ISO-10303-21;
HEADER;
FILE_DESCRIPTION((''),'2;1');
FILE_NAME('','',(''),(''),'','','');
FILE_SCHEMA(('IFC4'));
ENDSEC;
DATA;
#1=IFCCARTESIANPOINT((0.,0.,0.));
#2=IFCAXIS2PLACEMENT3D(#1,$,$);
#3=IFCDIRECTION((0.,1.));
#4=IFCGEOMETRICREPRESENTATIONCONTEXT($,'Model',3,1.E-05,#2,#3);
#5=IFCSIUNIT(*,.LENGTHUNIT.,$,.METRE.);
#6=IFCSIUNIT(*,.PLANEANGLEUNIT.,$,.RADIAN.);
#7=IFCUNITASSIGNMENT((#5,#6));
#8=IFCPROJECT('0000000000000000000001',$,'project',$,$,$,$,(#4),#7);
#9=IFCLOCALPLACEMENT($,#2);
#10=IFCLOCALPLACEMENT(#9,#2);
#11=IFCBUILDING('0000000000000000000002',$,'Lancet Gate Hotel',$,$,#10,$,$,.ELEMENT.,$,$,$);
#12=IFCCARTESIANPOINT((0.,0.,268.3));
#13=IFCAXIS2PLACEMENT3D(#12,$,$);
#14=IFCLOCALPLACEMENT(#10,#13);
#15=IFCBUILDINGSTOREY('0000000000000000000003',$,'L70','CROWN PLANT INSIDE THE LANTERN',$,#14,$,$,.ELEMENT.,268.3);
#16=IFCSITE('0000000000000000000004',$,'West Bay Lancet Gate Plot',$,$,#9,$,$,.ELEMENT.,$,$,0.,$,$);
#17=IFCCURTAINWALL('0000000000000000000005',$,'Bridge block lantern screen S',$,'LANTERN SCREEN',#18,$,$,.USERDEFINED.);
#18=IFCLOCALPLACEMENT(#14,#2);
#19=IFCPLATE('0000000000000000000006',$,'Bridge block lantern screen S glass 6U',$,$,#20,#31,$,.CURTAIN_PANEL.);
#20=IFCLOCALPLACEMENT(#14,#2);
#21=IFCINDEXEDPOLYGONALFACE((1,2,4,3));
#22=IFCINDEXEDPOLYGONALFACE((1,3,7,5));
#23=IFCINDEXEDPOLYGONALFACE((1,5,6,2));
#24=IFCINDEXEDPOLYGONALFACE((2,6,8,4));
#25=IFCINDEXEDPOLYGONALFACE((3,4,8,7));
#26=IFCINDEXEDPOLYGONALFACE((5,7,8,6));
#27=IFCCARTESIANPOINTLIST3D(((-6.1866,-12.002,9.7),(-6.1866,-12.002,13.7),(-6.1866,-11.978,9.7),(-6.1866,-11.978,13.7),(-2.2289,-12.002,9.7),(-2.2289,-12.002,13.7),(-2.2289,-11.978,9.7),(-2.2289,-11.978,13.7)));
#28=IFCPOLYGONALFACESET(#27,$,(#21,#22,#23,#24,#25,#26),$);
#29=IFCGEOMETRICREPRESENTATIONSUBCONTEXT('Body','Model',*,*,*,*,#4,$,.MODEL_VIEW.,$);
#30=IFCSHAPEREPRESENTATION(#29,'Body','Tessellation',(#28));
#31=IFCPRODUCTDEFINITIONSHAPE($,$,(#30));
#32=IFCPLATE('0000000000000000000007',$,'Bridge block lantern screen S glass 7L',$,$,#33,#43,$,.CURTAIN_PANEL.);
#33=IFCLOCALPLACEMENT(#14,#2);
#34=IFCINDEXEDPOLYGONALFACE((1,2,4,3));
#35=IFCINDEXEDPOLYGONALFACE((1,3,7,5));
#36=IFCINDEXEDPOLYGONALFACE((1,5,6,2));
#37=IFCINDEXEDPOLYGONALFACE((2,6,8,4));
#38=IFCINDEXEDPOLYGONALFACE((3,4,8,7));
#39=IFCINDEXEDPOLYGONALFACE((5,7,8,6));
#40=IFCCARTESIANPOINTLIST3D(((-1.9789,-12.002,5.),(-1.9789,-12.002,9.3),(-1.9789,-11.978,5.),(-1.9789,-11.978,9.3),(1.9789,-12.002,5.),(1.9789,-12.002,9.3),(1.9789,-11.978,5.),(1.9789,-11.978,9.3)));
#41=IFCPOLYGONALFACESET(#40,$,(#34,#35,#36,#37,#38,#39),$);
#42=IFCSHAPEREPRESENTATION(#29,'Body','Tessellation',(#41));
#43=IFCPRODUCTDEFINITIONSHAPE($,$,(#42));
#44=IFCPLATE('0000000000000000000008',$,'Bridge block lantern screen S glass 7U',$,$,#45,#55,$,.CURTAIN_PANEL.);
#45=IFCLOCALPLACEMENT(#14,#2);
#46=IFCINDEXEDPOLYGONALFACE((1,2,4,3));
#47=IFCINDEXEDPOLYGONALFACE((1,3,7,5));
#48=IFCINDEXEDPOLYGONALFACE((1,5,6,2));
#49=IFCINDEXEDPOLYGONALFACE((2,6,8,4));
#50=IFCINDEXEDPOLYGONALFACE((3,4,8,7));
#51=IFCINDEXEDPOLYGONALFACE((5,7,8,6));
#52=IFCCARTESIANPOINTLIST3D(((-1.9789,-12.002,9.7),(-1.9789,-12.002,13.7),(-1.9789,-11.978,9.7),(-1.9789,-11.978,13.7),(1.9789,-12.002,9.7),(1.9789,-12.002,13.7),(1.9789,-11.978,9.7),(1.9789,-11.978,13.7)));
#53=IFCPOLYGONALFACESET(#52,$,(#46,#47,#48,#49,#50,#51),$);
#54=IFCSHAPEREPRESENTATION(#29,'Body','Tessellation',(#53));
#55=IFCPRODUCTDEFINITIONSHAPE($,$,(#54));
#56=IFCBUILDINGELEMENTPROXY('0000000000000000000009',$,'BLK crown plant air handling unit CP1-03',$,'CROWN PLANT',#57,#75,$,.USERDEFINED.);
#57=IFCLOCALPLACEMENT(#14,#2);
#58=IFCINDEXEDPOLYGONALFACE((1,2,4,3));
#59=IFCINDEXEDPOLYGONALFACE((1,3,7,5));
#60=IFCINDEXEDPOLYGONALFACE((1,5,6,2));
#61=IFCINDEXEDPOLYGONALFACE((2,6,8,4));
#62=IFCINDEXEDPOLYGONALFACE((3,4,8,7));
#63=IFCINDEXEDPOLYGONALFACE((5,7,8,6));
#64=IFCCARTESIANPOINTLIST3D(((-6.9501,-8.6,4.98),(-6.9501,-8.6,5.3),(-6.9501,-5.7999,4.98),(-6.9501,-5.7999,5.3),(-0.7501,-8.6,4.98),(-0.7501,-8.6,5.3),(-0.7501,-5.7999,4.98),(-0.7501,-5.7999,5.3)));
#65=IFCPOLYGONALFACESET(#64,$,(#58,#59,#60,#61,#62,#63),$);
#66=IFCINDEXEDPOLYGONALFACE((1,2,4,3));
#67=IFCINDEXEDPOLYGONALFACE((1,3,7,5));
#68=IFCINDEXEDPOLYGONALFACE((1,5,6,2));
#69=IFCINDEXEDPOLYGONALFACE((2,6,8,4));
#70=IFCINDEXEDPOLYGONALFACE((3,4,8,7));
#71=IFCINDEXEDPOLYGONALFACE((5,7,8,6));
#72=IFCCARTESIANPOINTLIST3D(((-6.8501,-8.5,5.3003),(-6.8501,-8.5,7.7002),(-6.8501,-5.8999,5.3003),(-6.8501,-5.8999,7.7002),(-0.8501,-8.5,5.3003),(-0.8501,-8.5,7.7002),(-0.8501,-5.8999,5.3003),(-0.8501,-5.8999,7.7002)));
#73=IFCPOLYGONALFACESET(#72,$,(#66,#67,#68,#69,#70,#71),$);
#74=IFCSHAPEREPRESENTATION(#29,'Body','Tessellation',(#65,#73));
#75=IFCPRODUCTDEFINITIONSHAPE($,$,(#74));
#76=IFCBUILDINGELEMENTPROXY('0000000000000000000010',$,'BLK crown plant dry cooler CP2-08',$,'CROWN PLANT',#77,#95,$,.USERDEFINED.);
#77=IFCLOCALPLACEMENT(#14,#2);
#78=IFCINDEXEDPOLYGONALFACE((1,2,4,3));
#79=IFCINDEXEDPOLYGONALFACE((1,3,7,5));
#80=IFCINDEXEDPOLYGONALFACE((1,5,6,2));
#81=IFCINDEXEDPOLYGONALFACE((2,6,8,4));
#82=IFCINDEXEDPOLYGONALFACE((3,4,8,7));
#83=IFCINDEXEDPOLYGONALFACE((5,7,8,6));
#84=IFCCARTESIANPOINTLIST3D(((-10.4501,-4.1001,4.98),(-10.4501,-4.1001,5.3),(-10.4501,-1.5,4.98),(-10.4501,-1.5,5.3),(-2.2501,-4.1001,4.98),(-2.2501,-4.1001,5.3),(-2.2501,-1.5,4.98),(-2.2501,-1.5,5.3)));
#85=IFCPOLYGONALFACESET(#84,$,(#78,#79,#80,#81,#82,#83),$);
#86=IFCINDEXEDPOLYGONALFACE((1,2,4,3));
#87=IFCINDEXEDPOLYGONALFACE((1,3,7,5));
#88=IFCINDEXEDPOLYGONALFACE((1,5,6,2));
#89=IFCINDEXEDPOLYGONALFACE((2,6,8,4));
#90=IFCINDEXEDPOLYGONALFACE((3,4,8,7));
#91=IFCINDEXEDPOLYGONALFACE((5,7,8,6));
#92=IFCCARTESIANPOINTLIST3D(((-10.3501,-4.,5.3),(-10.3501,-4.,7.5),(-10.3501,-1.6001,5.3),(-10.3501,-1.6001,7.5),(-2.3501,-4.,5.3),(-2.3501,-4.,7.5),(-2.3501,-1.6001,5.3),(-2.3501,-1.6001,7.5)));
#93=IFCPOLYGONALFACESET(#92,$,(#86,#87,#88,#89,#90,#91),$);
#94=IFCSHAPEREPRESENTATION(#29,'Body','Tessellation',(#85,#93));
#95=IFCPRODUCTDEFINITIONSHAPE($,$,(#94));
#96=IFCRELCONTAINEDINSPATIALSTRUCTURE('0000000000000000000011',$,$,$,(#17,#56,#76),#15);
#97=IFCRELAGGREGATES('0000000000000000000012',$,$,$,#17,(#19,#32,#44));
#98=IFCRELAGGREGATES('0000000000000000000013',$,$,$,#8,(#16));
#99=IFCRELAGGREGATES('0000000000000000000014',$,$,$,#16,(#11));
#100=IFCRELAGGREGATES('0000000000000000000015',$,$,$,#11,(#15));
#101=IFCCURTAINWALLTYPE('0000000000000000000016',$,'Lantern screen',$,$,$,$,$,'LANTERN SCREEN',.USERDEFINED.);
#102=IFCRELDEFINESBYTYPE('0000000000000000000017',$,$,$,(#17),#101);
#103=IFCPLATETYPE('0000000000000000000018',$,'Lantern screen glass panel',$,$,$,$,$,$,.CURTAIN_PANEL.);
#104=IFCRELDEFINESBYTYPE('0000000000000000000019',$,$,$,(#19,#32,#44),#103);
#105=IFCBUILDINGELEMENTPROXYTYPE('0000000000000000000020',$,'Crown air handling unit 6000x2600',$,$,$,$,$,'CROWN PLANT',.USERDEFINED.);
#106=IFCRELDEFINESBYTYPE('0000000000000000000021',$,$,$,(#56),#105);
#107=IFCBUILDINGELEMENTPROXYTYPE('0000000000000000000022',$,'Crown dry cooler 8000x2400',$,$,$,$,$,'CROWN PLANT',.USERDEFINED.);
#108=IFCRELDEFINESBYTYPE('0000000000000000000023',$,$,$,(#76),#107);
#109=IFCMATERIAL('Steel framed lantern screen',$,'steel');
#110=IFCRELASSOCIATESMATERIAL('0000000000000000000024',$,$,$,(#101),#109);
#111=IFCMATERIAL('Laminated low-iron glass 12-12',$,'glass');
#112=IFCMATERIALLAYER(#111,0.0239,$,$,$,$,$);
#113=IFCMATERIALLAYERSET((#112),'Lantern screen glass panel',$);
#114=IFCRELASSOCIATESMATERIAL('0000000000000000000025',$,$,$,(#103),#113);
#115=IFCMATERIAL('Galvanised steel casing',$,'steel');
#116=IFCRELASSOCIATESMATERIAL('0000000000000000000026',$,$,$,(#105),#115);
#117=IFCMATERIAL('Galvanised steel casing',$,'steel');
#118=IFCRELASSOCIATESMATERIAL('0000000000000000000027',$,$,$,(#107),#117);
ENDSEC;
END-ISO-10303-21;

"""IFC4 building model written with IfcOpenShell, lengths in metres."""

from ifc_helpers import new_model, si_unit, direction, frame, origin, origin_with_axes, origin_2d, place, context, subcontext, project, spatial, rectangle, extrude, material, layer, layer_set, type_object, element, aggregate, save


model = new_model("IFC4")

# Units and contexts
model_context = context("Model", 3, precision=1e-05, world=origin(), true_north=direction((0.0, 1.0)))
body_context = subcontext(model_context, "Body", "Model", "MODEL_VIEW")
ifc_project = project(units=[si_unit("LENGTHUNIT", "METRE"), si_unit("PLANEANGLEUNIT", "RADIAN")], contexts=[model_context])

# Site, building, storey
site_placement = place(None, origin())
site = spatial("IfcSite", under=ifc_project, at=site_placement, Name="West Bay Lancet Gate Plot", CompositionType="ELEMENT", RefElevation=0.0)
building_placement = place(site_placement, origin())
building = spatial("IfcBuilding", under=site, at=building_placement, Name="Lancet Gate Hotel", CompositionType="ELEMENT")
storey_placement = place(building_placement, frame((0.0, 0.0, 268.3)))
storey = spatial("IfcBuildingStorey", under=building, at=storey_placement, Name="L70", Description="CROWN PLANT INSIDE THE LANTERN", CompositionType="ELEMENT", Elevation=268.3)

# Curtain wall
ifc_material_1 = material(Name="Steel framed lantern screen", Category="steel")
curtain_wall_type_1 = type_object("IfcCurtainWallType", Name="Lantern screen", ElementType="LANTERN SCREEN", PredefinedType="USERDEFINED", material=ifc_material_1)
curtain_wall_1_placement = place(storey_placement, origin())
curtain_wall_1 = element("IfcCurtainWall", 1, at=curtain_wall_1_placement, inside=storey, type_object=curtain_wall_type_1, Name="Bridge block lantern screen S", ObjectType="LANTERN SCREEN", PredefinedType="USERDEFINED")

# Plates
ifc_material_2 = material(Name="Laminated low-iron glass 12-12", Category="glass")
ifc_layer_1 = layer(ifc_material_2, 0.0239)
ifc_layer_set_1 = layer_set([ifc_layer_1], Name="Lantern screen glass panel")
plate_type_1 = type_object("IfcPlateType", Name="Lantern screen glass panel", PredefinedType="CURTAIN_PANEL", material=ifc_layer_set_1)
plate_1_placement = place(storey_placement, frame((-4.2078, -11.99, 9.7), z_axis=(0.0, 0.0, 1.0), x_axis=(1.0, 0.0, 0.0)))
plate_1 = element("IfcPlate", 2, at=plate_1_placement, type_object=plate_type_1, Name="Bridge block lantern screen S glass 6U", PredefinedType="CURTAIN_PANEL", context=body_context, shape_type="SweptSolid", body=[
    extrude(rectangle(XDim=3.9578, YDim=0.0239, at=origin_2d()), origin(), (0.0, 0.0, 1.0), 4.0),
])
plate_2_placement = place(storey_placement, frame((0.0, -11.99, 5.0), z_axis=(0.0, 0.0, 1.0), x_axis=(1.0, 0.0, 0.0)))
plate_2 = element("IfcPlate", 3, at=plate_2_placement, type_object=plate_type_1, Name="Bridge block lantern screen S glass 7L", PredefinedType="CURTAIN_PANEL", context=body_context, shape_type="SweptSolid", body=[
    extrude(rectangle(XDim=3.9578, YDim=0.0239, at=origin_2d()), origin(), (0.0, 0.0, 1.0), 4.3),
])
plate_3_placement = place(storey_placement, frame((0.0, -11.99, 9.7), z_axis=(0.0, 0.0, 1.0), x_axis=(1.0, 0.0, 0.0)))
plate_3 = element("IfcPlate", 4, at=plate_3_placement, type_object=plate_type_1, Name="Bridge block lantern screen S glass 7U", PredefinedType="CURTAIN_PANEL", context=body_context, shape_type="SweptSolid", body=[
    extrude(rectangle(XDim=3.9578, YDim=0.0239, at=origin_2d()), origin(), (0.0, 0.0, 1.0), 4.0),
])
aggregate(curtain_wall_1, [plate_1, plate_2, plate_3])

# Building element proxies
ifc_material_3 = material(Name="Galvanised steel casing", Category="steel")
building_element_proxy_type_1 = type_object("IfcBuildingElementProxyType", Name="Crown air handling unit 6000x2600", ElementType="CROWN PLANT", PredefinedType="USERDEFINED", material=ifc_material_3)
proxy_1_placement = place(storey_placement, frame((-3.8501, -7.2, 4.98), z_axis=(0.0, 0.0, 1.0), x_axis=(1.0, 0.0, 0.0)))
element("IfcBuildingElementProxy", 5, at=proxy_1_placement, inside=storey, type_object=building_element_proxy_type_1, Name="BLK crown plant air handling unit CP1-03", ObjectType="CROWN PLANT", PredefinedType="USERDEFINED", context=body_context, shape_type="SweptSolid", body=[
    extrude(rectangle(XDim=6.2, YDim=2.8, at=origin_2d()), origin_with_axes(), (0.0, 0.0, 1.0), 0.3201),
    extrude(rectangle(XDim=6.0, YDim=2.6001, at=origin_2d()), frame((0.0, 0.0, 0.3203), z_axis=(0.0, 0.0, 1.0), x_axis=(1.0, 0.0, 0.0)), (0.0, 0.0, 1.0), 2.3999),
])
ifc_material_4 = material(Name="Galvanised steel casing", Category="steel")
building_element_proxy_type_2 = type_object("IfcBuildingElementProxyType", Name="Crown dry cooler 8000x2400", ElementType="CROWN PLANT", PredefinedType="USERDEFINED", material=ifc_material_4)
proxy_2_placement = place(storey_placement, frame((-6.3501, -2.8, 4.98), z_axis=(0.0, 0.0, 1.0), x_axis=(1.0, 0.0, 0.0)))
element("IfcBuildingElementProxy", 6, at=proxy_2_placement, inside=storey, type_object=building_element_proxy_type_2, Name="BLK crown plant dry cooler CP2-08", ObjectType="CROWN PLANT", PredefinedType="USERDEFINED", context=body_context, shape_type="SweptSolid", body=[
    extrude(rectangle(XDim=8.2, YDim=2.6001, at=origin_2d()), origin_with_axes(), (0.0, 0.0, 1.0), 0.3201),
    extrude(rectangle(XDim=8.0, YDim=2.3999, at=origin_2d()), frame((0.0, 0.0, 0.3201), z_axis=(0.0, 0.0, 1.0), x_axis=(1.0, 0.0, 0.0)), (0.0, 0.0, 1.0), 2.2),
])

save(model, "model.ifc")
